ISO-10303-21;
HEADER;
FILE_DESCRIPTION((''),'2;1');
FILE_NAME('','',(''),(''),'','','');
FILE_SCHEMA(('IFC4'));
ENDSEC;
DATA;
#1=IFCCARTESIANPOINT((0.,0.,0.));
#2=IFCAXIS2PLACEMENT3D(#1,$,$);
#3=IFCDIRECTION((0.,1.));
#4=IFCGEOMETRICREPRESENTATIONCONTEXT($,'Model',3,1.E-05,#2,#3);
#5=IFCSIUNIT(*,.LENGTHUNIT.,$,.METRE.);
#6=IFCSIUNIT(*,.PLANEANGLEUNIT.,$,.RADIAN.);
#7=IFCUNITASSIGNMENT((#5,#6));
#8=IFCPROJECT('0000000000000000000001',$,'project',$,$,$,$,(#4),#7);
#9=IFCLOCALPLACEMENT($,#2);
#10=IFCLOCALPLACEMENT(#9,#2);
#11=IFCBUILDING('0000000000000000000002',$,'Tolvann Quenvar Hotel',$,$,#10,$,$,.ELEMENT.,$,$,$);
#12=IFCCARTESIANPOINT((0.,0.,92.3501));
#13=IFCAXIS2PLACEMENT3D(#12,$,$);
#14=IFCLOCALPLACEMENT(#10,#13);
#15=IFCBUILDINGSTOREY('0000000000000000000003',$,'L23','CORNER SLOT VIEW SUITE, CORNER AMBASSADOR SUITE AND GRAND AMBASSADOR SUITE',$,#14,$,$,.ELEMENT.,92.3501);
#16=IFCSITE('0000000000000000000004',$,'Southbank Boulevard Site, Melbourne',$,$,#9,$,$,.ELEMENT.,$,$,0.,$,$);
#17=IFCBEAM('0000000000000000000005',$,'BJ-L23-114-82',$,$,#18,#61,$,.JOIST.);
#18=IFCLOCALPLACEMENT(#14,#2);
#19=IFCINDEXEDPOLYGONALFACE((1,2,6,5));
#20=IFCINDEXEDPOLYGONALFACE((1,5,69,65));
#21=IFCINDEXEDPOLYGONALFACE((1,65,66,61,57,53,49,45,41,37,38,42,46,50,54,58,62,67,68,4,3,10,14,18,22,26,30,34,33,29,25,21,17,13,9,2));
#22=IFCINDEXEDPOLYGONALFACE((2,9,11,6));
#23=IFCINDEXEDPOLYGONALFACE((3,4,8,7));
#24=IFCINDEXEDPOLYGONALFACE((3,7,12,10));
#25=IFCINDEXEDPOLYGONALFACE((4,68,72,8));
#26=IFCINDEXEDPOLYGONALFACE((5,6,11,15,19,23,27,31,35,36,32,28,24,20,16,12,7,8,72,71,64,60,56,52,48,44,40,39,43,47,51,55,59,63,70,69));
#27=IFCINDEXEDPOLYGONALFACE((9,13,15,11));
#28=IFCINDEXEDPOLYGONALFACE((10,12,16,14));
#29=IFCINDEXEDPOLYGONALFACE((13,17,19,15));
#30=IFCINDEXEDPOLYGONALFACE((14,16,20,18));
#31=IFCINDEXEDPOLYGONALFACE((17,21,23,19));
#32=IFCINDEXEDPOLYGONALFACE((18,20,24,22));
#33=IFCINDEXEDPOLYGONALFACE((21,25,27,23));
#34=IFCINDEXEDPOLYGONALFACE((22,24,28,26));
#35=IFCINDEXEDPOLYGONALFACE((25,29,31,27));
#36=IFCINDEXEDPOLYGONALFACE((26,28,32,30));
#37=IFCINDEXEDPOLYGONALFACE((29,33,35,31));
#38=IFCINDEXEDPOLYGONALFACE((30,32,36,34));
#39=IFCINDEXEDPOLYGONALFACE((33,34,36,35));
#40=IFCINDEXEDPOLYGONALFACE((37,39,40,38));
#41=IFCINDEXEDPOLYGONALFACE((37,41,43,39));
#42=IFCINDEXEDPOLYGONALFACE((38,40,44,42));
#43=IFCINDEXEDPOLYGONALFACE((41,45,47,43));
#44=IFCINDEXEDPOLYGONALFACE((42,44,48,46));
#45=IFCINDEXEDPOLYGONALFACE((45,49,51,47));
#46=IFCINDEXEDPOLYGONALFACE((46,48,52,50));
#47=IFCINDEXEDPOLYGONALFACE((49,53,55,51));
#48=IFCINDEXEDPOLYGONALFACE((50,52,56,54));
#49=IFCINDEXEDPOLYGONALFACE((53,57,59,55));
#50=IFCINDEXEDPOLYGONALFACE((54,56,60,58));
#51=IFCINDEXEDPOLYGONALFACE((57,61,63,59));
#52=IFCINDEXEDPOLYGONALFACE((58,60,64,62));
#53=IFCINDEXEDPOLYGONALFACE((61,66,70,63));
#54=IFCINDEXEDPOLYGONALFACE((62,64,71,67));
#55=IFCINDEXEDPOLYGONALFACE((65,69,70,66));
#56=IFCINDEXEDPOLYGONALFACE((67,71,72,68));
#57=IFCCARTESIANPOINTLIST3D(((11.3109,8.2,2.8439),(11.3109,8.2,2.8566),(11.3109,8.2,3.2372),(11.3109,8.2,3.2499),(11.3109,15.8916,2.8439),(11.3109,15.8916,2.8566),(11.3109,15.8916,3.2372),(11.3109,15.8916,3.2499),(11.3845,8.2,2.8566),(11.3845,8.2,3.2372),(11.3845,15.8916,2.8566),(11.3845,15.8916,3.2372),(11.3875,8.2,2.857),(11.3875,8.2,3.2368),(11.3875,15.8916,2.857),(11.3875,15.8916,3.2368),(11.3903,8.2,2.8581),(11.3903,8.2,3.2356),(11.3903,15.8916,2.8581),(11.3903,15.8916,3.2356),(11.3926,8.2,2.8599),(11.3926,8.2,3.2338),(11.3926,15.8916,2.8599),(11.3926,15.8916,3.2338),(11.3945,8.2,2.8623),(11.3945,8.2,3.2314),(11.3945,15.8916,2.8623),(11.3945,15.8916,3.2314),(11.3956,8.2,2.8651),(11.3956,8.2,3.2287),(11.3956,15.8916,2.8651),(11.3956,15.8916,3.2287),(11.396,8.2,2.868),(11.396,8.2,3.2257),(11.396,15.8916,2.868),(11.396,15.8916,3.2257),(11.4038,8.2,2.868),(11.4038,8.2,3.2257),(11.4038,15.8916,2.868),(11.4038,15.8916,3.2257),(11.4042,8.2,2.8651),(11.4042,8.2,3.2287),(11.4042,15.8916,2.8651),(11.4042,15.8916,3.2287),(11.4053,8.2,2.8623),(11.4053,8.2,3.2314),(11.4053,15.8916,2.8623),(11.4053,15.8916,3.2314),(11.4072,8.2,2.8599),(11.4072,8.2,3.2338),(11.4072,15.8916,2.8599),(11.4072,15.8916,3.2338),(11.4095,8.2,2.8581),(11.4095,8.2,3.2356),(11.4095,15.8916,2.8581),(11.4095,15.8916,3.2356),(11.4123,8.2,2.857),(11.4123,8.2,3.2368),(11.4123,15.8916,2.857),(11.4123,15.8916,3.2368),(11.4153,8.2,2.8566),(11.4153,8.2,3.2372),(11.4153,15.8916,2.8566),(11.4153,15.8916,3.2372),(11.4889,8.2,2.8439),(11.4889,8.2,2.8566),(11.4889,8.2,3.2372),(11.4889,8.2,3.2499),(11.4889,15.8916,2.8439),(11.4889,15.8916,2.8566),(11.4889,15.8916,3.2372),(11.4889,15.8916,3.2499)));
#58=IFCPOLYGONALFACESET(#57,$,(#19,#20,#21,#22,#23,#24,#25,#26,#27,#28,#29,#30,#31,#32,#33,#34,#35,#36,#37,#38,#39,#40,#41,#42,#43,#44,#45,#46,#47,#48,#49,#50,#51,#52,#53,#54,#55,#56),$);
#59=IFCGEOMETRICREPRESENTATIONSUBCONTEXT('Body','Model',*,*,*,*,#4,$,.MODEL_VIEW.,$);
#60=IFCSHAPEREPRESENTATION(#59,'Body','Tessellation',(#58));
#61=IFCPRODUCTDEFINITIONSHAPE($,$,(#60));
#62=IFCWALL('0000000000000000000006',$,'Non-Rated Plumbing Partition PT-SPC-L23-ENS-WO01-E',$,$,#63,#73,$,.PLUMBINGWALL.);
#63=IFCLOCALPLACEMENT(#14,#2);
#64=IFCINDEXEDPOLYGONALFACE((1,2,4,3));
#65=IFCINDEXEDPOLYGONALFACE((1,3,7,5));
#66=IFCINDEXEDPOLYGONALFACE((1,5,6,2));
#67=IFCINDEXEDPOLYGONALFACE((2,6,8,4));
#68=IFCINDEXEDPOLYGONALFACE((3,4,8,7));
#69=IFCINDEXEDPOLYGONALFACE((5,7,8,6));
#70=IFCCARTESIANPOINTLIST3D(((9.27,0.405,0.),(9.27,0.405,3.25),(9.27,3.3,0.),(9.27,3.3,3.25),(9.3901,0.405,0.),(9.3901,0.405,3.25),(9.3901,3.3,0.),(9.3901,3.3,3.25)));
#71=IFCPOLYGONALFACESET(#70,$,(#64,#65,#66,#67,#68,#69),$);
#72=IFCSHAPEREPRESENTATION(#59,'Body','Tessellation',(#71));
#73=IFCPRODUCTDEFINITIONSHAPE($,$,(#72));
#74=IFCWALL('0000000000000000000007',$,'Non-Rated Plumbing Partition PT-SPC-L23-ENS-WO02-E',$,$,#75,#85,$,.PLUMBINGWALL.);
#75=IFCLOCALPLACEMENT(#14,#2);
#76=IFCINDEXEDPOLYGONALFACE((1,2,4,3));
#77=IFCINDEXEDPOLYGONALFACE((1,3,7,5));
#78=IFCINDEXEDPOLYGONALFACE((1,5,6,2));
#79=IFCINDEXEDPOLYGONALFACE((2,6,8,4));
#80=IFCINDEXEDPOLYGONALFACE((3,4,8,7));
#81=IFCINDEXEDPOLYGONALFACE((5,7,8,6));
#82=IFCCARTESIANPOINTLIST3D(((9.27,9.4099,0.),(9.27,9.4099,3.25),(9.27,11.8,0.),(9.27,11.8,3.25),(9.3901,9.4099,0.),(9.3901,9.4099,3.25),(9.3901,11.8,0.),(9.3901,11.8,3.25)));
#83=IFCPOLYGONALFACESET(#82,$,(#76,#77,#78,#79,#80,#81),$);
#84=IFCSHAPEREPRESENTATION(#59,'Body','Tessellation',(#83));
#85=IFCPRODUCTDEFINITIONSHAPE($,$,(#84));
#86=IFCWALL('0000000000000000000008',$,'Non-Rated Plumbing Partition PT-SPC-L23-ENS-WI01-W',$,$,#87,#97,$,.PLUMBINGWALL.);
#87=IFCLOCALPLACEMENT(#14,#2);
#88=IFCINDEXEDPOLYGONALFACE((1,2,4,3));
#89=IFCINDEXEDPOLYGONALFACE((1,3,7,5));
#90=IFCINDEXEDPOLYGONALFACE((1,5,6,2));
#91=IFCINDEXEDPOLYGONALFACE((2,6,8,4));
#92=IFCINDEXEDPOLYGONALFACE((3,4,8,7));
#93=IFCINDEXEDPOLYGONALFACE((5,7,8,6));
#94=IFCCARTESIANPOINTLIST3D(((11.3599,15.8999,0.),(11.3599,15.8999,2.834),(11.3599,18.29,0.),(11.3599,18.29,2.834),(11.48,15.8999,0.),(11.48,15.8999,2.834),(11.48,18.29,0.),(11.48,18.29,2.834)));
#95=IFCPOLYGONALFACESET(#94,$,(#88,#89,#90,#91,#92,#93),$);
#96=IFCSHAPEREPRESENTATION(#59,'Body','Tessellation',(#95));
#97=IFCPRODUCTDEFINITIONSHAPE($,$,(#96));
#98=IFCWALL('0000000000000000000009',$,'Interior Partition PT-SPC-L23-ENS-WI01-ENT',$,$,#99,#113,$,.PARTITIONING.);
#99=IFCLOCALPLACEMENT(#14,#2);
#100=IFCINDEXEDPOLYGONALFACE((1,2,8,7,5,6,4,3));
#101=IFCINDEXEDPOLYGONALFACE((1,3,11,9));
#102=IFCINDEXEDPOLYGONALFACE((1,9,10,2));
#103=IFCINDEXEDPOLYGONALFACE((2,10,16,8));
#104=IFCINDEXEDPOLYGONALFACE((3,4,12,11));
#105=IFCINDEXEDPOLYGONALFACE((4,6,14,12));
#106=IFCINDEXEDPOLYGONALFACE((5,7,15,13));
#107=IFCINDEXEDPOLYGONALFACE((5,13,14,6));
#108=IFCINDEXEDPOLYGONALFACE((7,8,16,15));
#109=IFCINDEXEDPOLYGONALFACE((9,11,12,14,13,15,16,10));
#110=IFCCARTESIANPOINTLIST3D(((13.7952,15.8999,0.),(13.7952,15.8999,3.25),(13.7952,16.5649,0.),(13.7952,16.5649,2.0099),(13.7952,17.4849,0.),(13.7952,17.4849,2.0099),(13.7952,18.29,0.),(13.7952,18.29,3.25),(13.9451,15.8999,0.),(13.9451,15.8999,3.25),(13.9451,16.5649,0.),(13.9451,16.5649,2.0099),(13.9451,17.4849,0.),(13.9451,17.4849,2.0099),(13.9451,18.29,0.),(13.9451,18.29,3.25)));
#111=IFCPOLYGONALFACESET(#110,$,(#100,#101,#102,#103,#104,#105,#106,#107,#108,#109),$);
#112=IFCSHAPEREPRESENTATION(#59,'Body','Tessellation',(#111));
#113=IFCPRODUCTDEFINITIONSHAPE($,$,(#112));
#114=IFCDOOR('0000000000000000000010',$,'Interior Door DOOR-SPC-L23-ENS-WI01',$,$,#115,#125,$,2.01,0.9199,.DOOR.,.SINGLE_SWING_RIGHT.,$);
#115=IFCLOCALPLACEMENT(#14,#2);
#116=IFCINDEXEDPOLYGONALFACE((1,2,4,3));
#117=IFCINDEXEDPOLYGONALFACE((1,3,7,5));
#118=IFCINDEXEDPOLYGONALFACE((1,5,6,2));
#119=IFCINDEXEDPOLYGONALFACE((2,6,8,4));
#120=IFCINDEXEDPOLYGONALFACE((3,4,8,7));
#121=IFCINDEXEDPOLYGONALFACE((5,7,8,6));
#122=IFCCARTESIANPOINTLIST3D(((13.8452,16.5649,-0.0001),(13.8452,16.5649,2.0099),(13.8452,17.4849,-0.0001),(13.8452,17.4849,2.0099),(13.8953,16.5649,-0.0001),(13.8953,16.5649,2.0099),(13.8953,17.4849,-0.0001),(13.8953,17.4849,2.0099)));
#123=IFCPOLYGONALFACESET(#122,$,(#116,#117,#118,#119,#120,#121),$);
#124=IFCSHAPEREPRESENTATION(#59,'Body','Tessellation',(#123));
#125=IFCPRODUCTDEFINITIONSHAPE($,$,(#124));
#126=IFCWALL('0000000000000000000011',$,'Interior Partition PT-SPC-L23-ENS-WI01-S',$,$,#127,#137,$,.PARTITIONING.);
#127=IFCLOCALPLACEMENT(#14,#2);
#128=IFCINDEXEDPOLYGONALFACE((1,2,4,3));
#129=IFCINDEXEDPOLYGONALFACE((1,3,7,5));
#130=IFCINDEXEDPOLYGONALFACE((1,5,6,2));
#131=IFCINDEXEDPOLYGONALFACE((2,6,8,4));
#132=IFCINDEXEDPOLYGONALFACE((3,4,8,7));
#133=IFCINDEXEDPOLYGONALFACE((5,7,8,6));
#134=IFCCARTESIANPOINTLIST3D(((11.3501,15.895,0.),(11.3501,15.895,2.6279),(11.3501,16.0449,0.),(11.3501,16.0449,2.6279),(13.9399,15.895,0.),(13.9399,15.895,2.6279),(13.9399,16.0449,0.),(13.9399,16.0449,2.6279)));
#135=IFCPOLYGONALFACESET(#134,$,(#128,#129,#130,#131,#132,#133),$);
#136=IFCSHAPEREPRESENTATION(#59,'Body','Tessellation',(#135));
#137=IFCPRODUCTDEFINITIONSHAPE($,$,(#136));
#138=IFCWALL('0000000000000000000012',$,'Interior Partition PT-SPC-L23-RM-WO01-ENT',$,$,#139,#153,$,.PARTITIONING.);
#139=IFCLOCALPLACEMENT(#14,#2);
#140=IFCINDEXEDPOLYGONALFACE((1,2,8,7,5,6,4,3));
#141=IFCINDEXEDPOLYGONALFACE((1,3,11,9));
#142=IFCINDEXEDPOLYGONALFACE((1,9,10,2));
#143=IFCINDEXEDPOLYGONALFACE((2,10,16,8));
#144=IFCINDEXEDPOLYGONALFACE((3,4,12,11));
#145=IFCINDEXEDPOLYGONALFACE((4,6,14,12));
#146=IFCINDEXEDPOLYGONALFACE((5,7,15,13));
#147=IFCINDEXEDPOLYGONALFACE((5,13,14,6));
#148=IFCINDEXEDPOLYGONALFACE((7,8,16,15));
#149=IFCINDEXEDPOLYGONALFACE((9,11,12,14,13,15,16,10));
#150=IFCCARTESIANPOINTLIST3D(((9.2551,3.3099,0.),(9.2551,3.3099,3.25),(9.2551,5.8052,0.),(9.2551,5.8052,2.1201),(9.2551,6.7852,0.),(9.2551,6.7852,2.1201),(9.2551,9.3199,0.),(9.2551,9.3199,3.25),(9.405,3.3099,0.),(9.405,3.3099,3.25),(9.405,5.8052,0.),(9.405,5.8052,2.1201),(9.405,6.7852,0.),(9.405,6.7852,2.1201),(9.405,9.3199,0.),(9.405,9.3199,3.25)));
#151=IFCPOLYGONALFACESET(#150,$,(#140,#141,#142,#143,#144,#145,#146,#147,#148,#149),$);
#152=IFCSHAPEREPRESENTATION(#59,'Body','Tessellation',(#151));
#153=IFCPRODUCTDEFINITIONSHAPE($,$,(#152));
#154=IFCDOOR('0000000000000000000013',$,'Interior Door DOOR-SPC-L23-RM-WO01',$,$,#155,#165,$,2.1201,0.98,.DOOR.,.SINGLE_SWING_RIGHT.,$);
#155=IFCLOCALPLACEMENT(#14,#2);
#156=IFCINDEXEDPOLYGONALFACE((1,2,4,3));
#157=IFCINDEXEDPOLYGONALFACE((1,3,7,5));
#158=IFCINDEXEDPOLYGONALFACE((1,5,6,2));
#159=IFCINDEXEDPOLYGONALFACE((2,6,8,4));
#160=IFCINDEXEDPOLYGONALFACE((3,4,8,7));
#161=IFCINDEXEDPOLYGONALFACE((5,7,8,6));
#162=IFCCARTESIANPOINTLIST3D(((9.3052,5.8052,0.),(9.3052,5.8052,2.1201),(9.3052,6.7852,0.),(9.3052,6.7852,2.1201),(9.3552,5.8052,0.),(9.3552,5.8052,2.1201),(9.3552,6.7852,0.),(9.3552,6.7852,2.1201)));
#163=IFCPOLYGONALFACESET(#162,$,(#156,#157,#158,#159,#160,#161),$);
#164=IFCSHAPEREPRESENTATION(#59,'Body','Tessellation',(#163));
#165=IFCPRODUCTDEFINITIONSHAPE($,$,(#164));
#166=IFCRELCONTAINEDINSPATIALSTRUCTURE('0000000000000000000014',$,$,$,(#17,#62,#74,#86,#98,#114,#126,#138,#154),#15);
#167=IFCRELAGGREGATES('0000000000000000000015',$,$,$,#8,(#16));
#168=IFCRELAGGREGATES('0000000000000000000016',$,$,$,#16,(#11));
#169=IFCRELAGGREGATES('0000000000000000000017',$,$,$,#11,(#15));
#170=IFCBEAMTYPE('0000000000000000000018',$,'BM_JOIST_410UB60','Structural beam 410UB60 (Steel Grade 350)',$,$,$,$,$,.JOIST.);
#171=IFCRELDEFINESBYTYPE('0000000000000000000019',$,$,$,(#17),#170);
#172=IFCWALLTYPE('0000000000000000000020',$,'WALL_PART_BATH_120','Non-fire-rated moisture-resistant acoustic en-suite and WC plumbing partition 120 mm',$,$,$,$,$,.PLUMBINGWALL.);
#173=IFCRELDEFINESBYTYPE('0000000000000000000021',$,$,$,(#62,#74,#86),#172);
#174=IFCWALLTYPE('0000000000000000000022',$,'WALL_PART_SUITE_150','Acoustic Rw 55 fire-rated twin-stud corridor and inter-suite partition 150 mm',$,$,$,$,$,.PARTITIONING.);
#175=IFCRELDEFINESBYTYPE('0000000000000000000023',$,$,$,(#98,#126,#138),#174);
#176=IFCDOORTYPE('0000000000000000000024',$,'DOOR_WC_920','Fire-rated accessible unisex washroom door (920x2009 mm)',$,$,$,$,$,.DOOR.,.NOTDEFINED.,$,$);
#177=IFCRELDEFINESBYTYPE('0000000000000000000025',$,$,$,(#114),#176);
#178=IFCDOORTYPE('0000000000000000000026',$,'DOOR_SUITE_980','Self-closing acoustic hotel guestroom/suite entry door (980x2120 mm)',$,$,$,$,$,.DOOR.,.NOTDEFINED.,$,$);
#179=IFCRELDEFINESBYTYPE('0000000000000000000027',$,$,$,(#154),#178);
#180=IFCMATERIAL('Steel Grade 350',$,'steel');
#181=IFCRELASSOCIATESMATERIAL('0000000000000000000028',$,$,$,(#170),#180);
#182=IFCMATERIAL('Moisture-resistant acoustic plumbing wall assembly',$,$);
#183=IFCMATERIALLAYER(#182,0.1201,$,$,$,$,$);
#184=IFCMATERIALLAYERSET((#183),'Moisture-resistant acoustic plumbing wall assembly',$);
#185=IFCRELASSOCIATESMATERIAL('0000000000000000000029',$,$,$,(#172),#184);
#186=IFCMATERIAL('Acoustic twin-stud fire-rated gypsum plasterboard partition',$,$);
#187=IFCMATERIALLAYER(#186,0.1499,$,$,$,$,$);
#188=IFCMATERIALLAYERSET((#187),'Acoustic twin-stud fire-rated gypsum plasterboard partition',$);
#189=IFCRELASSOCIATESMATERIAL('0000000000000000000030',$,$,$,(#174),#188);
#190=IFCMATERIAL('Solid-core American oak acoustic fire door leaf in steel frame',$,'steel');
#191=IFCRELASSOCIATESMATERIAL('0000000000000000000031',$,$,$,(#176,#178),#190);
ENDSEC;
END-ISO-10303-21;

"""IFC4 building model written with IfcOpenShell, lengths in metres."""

from ifc_helpers import new_model, si_unit, direction, frame, frame_2d, origin, origin_2d, place, context, subcontext, project, spatial, rectangle, i_section, extrude, source, transform, mapped, material, layer, layer_set, material_profile, profile_set, type_object, type_shapes, element, fill, save


model = new_model("IFC4")

# Units and contexts
model_context = context("Model", 3, precision=1e-05, world=origin(), true_north=direction((0.0, 1.0)))
body_context = subcontext(model_context, "Body", "Model", "MODEL_VIEW")
ifc_project = project(units=[si_unit("LENGTHUNIT", "METRE"), si_unit("PLANEANGLEUNIT", "RADIAN")], contexts=[model_context])

# Site, building, storey
site_placement = place(None, origin())
site = spatial("IfcSite", under=ifc_project, at=site_placement, Name="Southbank Boulevard Site, Melbourne", CompositionType="ELEMENT", RefElevation=0.0)
building_placement = place(site_placement, origin())
building = spatial("IfcBuilding", under=site, at=building_placement, Name="Tolvann Quenvar Hotel", CompositionType="ELEMENT")
storey_placement = place(building_placement, frame((0.0, 0.0, 92.3501)))
storey = spatial("IfcBuildingStorey", under=building, at=storey_placement, Name="L23", Description="CORNER SLOT VIEW SUITE, CORNER AMBASSADOR SUITE AND GRAND AMBASSADOR SUITE", CompositionType="ELEMENT", Elevation=92.3501)

# Shared definitions
ifc_material_1 = material(Name="Steel Grade 350", Category="steel")

# Beam
ifc_material_profile_1 = material_profile(ifc_material_1, i_section(OverallWidth=0.178, OverallDepth=0.406, WebThickness=0.0078, FlangeThickness=0.0127, FilletRadius=0.0115, at=origin_2d()), Name="410UB60")
ifc_profile_set_1 = profile_set([ifc_material_profile_1], Name="Steel Grade 350")
beam_type_1 = type_object("IfcBeamType", Name="BM_JOIST_410UB60", Description="Structural beam 410UB60 (Steel Grade 350)", PredefinedType="JOIST", material=ifc_profile_set_1)
shared_shape_1 = source(origin(), body_context, "Body", "SweptSolid", [
    extrude(i_section(OverallWidth=0.178, OverallDepth=0.406, WebThickness=0.0078, FlangeThickness=0.0127, FilletRadius=0.0115, at=origin_2d()), origin(), (0.0, 0.0, 1.0), 7.6917),
])
type_shapes(beam_type_1, [shared_shape_1])
beam_1_placement = place(storey_placement, frame((11.3999, 8.2, 3.0469), z_axis=(0.0, 1.0, 0.0), x_axis=(-1.0, 0.0, 0.0)))
element("IfcBeam", 1, at=beam_1_placement, inside=storey, type_object=beam_type_1, Name="BJ-L23-114-82", PredefinedType="JOIST", context=body_context, shape_type="MappedRepresentation", body=[
    mapped(shared_shape_1, transform((0.0, 0.0, 0.0), x_axis=(1.0, 0.0, 0.0), y_axis=(0.0, 1.0, 0.0), z_axis=(0.0, 0.0, 1.0), scale=1.0)),
])

# Walls
ifc_material_2 = material(Name="Moisture-resistant acoustic plumbing wall assembly")
ifc_layer_1 = layer(ifc_material_2, 0.1201)
ifc_layer_set_1 = layer_set([ifc_layer_1], Name="Moisture-resistant acoustic plumbing wall assembly")
wall_type_1 = type_object("IfcWallType", Name="WALL_PART_BATH_120", Description="Non-fire-rated moisture-resistant acoustic en-suite and WC plumbing partition 120 mm", PredefinedType="PLUMBINGWALL", material=ifc_layer_set_1)
wall_1_placement = place(storey_placement, frame((9.3301, 0.405, 0.0), z_axis=(0.0, 0.0, 1.0), x_axis=(0.0, 1.0, 0.0)))
element("IfcWall", 2, at=wall_1_placement, inside=storey, type_object=wall_type_1, Name="Non-Rated Plumbing Partition PT-SPC-L23-ENS-WO01-E", PredefinedType="PLUMBINGWALL", context=body_context, shape_type="SweptSolid", body=[
    extrude(rectangle(XDim=2.895, YDim=0.1201, at=frame_2d((1.4475, 0.0))), origin(), (0.0, 0.0, 1.0), 3.25),
])
wall_2_placement = place(storey_placement, frame((9.3301, 9.4099, 0.0), z_axis=(0.0, 0.0, 1.0), x_axis=(0.0, 1.0, 0.0)))
element("IfcWall", 3, at=wall_2_placement, inside=storey, type_object=wall_type_1, Name="Non-Rated Plumbing Partition PT-SPC-L23-ENS-WO02-E", PredefinedType="PLUMBINGWALL", context=body_context, shape_type="SweptSolid", body=[
    extrude(rectangle(XDim=2.3901, YDim=0.1201, at=frame_2d((1.1951, 0.0))), origin(), (0.0, 0.0, 1.0), 3.25),
])
wall_3_placement = place(storey_placement, frame((11.4199, 15.8999, 0.0), z_axis=(0.0, 0.0, 1.0), x_axis=(0.0, 1.0, 0.0)))
element("IfcWall", 4, at=wall_3_placement, inside=storey, type_object=wall_type_1, Name="Non-Rated Plumbing Partition PT-SPC-L23-ENS-WI01-W", PredefinedType="PLUMBINGWALL", context=body_context, shape_type="SweptSolid", body=[
    extrude(rectangle(XDim=2.3901, YDim=0.1201, at=frame_2d((1.1951, 0.0))), origin(), (0.0, 0.0, 1.0), 2.834),
])

# Wall, opening, door
ifc_material_3 = material(Name="Acoustic twin-stud fire-rated gypsum plasterboard partition")
ifc_layer_2 = layer(ifc_material_3, 0.1499)
ifc_layer_set_2 = layer_set([ifc_layer_2], Name="Acoustic twin-stud fire-rated gypsum plasterboard partition")
wall_type_2 = type_object("IfcWallType", Name="WALL_PART_SUITE_150", Description="Acoustic Rw 55 fire-rated twin-stud corridor and inter-suite partition 150 mm", PredefinedType="PARTITIONING", material=ifc_layer_set_2)
wall_4_placement = place(storey_placement, frame((13.8701, 15.8999, 0.0), z_axis=(0.0, 0.0, 1.0), x_axis=(0.0, 1.0, 0.0)))
wall_4 = element("IfcWall", 5, at=wall_4_placement, inside=storey, type_object=wall_type_2, Name="Interior Partition PT-SPC-L23-ENS-WI01-ENT", PredefinedType="PARTITIONING", context=body_context, shape_type="SweptSolid", body=[
    extrude(rectangle(XDim=2.3901, YDim=0.1499, at=frame_2d((1.1951, 0.0))), origin(), (0.0, 0.0, 1.0), 3.25),
])
opening_1_placement = place(wall_4_placement, frame((0.665, 0.0, 0.0)))
opening_1 = element("IfcOpeningElement", 6, at=opening_1_placement, cuts=wall_4, PredefinedType="OPENING", context=body_context, shape_type="SweptSolid", body=[
    extrude(rectangle(XDim=0.9199, YDim=2.01, at=frame_2d((0.46, 1.0049))), frame((0.0, 0.085, 0.0), z_axis=(0.0, -1.0, 0.0), x_axis=(1.0, 0.0, 0.0)), (0.0, 0.0, 1.0), 0.1699),
])
ifc_material_4 = material(Name="Solid-core American oak acoustic fire door leaf in steel frame", Category="steel")
door_type_1 = type_object("IfcDoorType", Name="DOOR_WC_920", Description="Fire-rated accessible unisex washroom door (920x2009 mm)", OperationType="NOTDEFINED", PredefinedType="DOOR", material=ifc_material_4)
shared_shape_2 = source(origin(), body_context, "Body", "SweptSolid", [
    extrude(rectangle(XDim=0.9199, YDim=2.01, at=frame_2d((0.46, 1.0049))), frame((0.0, 0.0249, 0.0), z_axis=(0.0, -1.0, 0.0), x_axis=(1.0, 0.0, 0.0)), (0.0, 0.0, 1.0), 0.05),
])
type_shapes(door_type_1, [shared_shape_2])
door_1_placement = place(opening_1_placement, origin())
door_1 = element("IfcDoor", 7, at=door_1_placement, inside=storey, type_object=door_type_1, Name="Interior Door DOOR-SPC-L23-ENS-WI01", OperationType="SINGLE_SWING_RIGHT", OverallHeight=2.01, OverallWidth=0.9199, PredefinedType="DOOR", context=body_context, shape_type="MappedRepresentation", body=[
    mapped(shared_shape_2, transform((0.0, 0.0, 0.0), x_axis=(1.0, 0.0, 0.0), y_axis=(0.0, 1.0, 0.0), z_axis=(0.0, 0.0, 1.0), scale=1.0)),
])
fill(opening_1, door_1)

# Wall
wall_5_placement = place(storey_placement, frame((11.3501, 15.97, 0.0), z_axis=(0.0, 0.0, 1.0), x_axis=(1.0, 0.0, 0.0)))
element("IfcWall", 8, at=wall_5_placement, inside=storey, type_object=wall_type_2, Name="Interior Partition PT-SPC-L23-ENS-WI01-S", PredefinedType="PARTITIONING", context=body_context, shape_type="SweptSolid", body=[
    extrude(rectangle(XDim=2.5898, YDim=0.1499, at=frame_2d((1.2949, 0.0))), origin(), (0.0, 0.0, 1.0), 2.6279),
])

# Wall, opening, door
wall_6_placement = place(storey_placement, frame((9.3301, 3.3101, 0.0), z_axis=(0.0, 0.0, 1.0), x_axis=(0.0, 1.0, 0.0)))
wall_6 = element("IfcWall", 9, at=wall_6_placement, inside=storey, type_object=wall_type_2, Name="Interior Partition PT-SPC-L23-RM-WO01-ENT", PredefinedType="PARTITIONING", context=body_context, shape_type="SweptSolid", body=[
    extrude(rectangle(XDim=6.01, YDim=0.1499, at=frame_2d((3.0049, 0.0))), origin(), (0.0, 0.0, 1.0), 3.25),
])
opening_2_placement = place(wall_6_placement, frame((2.4951, 0.0, 0.0)))
opening_2 = element("IfcOpeningElement", 10, at=opening_2_placement, cuts=wall_6, PredefinedType="OPENING", context=body_context, shape_type="SweptSolid", body=[
    extrude(rectangle(XDim=0.98, YDim=2.1201, at=frame_2d((0.49, 1.0601))), frame((0.0, 0.085, 0.0), z_axis=(0.0, -1.0, 0.0), x_axis=(1.0, 0.0, 0.0)), (0.0, 0.0, 1.0), 0.1699),
])
door_type_2 = type_object("IfcDoorType", Name="DOOR_SUITE_980", Description="Self-closing acoustic hotel guestroom/suite entry door (980x2120 mm)", OperationType="NOTDEFINED", PredefinedType="DOOR", material=ifc_material_4)
shared_shape_3 = source(origin(), body_context, "Body", "SweptSolid", [
    extrude(rectangle(XDim=0.98, YDim=2.1201, at=frame_2d((0.49, 1.0601))), frame((0.0, 0.0249, 0.0), z_axis=(0.0, -1.0, 0.0), x_axis=(1.0, 0.0, 0.0)), (0.0, 0.0, 1.0), 0.05),
])
type_shapes(door_type_2, [shared_shape_3])
door_2_placement = place(opening_2_placement, origin())
door_2 = element("IfcDoor", 11, at=door_2_placement, inside=storey, type_object=door_type_2, Name="Interior Door DOOR-SPC-L23-RM-WO01", OperationType="SINGLE_SWING_RIGHT", OverallHeight=2.1201, OverallWidth=0.98, PredefinedType="DOOR", context=body_context, shape_type="MappedRepresentation", body=[
    mapped(shared_shape_3, transform((0.0, 0.0, 0.0), x_axis=(1.0, 0.0, 0.0), y_axis=(0.0, 1.0, 0.0), z_axis=(0.0, 0.0, 1.0), scale=1.0)),
])
fill(opening_2, door_2)

save(model, "model.ifc")
